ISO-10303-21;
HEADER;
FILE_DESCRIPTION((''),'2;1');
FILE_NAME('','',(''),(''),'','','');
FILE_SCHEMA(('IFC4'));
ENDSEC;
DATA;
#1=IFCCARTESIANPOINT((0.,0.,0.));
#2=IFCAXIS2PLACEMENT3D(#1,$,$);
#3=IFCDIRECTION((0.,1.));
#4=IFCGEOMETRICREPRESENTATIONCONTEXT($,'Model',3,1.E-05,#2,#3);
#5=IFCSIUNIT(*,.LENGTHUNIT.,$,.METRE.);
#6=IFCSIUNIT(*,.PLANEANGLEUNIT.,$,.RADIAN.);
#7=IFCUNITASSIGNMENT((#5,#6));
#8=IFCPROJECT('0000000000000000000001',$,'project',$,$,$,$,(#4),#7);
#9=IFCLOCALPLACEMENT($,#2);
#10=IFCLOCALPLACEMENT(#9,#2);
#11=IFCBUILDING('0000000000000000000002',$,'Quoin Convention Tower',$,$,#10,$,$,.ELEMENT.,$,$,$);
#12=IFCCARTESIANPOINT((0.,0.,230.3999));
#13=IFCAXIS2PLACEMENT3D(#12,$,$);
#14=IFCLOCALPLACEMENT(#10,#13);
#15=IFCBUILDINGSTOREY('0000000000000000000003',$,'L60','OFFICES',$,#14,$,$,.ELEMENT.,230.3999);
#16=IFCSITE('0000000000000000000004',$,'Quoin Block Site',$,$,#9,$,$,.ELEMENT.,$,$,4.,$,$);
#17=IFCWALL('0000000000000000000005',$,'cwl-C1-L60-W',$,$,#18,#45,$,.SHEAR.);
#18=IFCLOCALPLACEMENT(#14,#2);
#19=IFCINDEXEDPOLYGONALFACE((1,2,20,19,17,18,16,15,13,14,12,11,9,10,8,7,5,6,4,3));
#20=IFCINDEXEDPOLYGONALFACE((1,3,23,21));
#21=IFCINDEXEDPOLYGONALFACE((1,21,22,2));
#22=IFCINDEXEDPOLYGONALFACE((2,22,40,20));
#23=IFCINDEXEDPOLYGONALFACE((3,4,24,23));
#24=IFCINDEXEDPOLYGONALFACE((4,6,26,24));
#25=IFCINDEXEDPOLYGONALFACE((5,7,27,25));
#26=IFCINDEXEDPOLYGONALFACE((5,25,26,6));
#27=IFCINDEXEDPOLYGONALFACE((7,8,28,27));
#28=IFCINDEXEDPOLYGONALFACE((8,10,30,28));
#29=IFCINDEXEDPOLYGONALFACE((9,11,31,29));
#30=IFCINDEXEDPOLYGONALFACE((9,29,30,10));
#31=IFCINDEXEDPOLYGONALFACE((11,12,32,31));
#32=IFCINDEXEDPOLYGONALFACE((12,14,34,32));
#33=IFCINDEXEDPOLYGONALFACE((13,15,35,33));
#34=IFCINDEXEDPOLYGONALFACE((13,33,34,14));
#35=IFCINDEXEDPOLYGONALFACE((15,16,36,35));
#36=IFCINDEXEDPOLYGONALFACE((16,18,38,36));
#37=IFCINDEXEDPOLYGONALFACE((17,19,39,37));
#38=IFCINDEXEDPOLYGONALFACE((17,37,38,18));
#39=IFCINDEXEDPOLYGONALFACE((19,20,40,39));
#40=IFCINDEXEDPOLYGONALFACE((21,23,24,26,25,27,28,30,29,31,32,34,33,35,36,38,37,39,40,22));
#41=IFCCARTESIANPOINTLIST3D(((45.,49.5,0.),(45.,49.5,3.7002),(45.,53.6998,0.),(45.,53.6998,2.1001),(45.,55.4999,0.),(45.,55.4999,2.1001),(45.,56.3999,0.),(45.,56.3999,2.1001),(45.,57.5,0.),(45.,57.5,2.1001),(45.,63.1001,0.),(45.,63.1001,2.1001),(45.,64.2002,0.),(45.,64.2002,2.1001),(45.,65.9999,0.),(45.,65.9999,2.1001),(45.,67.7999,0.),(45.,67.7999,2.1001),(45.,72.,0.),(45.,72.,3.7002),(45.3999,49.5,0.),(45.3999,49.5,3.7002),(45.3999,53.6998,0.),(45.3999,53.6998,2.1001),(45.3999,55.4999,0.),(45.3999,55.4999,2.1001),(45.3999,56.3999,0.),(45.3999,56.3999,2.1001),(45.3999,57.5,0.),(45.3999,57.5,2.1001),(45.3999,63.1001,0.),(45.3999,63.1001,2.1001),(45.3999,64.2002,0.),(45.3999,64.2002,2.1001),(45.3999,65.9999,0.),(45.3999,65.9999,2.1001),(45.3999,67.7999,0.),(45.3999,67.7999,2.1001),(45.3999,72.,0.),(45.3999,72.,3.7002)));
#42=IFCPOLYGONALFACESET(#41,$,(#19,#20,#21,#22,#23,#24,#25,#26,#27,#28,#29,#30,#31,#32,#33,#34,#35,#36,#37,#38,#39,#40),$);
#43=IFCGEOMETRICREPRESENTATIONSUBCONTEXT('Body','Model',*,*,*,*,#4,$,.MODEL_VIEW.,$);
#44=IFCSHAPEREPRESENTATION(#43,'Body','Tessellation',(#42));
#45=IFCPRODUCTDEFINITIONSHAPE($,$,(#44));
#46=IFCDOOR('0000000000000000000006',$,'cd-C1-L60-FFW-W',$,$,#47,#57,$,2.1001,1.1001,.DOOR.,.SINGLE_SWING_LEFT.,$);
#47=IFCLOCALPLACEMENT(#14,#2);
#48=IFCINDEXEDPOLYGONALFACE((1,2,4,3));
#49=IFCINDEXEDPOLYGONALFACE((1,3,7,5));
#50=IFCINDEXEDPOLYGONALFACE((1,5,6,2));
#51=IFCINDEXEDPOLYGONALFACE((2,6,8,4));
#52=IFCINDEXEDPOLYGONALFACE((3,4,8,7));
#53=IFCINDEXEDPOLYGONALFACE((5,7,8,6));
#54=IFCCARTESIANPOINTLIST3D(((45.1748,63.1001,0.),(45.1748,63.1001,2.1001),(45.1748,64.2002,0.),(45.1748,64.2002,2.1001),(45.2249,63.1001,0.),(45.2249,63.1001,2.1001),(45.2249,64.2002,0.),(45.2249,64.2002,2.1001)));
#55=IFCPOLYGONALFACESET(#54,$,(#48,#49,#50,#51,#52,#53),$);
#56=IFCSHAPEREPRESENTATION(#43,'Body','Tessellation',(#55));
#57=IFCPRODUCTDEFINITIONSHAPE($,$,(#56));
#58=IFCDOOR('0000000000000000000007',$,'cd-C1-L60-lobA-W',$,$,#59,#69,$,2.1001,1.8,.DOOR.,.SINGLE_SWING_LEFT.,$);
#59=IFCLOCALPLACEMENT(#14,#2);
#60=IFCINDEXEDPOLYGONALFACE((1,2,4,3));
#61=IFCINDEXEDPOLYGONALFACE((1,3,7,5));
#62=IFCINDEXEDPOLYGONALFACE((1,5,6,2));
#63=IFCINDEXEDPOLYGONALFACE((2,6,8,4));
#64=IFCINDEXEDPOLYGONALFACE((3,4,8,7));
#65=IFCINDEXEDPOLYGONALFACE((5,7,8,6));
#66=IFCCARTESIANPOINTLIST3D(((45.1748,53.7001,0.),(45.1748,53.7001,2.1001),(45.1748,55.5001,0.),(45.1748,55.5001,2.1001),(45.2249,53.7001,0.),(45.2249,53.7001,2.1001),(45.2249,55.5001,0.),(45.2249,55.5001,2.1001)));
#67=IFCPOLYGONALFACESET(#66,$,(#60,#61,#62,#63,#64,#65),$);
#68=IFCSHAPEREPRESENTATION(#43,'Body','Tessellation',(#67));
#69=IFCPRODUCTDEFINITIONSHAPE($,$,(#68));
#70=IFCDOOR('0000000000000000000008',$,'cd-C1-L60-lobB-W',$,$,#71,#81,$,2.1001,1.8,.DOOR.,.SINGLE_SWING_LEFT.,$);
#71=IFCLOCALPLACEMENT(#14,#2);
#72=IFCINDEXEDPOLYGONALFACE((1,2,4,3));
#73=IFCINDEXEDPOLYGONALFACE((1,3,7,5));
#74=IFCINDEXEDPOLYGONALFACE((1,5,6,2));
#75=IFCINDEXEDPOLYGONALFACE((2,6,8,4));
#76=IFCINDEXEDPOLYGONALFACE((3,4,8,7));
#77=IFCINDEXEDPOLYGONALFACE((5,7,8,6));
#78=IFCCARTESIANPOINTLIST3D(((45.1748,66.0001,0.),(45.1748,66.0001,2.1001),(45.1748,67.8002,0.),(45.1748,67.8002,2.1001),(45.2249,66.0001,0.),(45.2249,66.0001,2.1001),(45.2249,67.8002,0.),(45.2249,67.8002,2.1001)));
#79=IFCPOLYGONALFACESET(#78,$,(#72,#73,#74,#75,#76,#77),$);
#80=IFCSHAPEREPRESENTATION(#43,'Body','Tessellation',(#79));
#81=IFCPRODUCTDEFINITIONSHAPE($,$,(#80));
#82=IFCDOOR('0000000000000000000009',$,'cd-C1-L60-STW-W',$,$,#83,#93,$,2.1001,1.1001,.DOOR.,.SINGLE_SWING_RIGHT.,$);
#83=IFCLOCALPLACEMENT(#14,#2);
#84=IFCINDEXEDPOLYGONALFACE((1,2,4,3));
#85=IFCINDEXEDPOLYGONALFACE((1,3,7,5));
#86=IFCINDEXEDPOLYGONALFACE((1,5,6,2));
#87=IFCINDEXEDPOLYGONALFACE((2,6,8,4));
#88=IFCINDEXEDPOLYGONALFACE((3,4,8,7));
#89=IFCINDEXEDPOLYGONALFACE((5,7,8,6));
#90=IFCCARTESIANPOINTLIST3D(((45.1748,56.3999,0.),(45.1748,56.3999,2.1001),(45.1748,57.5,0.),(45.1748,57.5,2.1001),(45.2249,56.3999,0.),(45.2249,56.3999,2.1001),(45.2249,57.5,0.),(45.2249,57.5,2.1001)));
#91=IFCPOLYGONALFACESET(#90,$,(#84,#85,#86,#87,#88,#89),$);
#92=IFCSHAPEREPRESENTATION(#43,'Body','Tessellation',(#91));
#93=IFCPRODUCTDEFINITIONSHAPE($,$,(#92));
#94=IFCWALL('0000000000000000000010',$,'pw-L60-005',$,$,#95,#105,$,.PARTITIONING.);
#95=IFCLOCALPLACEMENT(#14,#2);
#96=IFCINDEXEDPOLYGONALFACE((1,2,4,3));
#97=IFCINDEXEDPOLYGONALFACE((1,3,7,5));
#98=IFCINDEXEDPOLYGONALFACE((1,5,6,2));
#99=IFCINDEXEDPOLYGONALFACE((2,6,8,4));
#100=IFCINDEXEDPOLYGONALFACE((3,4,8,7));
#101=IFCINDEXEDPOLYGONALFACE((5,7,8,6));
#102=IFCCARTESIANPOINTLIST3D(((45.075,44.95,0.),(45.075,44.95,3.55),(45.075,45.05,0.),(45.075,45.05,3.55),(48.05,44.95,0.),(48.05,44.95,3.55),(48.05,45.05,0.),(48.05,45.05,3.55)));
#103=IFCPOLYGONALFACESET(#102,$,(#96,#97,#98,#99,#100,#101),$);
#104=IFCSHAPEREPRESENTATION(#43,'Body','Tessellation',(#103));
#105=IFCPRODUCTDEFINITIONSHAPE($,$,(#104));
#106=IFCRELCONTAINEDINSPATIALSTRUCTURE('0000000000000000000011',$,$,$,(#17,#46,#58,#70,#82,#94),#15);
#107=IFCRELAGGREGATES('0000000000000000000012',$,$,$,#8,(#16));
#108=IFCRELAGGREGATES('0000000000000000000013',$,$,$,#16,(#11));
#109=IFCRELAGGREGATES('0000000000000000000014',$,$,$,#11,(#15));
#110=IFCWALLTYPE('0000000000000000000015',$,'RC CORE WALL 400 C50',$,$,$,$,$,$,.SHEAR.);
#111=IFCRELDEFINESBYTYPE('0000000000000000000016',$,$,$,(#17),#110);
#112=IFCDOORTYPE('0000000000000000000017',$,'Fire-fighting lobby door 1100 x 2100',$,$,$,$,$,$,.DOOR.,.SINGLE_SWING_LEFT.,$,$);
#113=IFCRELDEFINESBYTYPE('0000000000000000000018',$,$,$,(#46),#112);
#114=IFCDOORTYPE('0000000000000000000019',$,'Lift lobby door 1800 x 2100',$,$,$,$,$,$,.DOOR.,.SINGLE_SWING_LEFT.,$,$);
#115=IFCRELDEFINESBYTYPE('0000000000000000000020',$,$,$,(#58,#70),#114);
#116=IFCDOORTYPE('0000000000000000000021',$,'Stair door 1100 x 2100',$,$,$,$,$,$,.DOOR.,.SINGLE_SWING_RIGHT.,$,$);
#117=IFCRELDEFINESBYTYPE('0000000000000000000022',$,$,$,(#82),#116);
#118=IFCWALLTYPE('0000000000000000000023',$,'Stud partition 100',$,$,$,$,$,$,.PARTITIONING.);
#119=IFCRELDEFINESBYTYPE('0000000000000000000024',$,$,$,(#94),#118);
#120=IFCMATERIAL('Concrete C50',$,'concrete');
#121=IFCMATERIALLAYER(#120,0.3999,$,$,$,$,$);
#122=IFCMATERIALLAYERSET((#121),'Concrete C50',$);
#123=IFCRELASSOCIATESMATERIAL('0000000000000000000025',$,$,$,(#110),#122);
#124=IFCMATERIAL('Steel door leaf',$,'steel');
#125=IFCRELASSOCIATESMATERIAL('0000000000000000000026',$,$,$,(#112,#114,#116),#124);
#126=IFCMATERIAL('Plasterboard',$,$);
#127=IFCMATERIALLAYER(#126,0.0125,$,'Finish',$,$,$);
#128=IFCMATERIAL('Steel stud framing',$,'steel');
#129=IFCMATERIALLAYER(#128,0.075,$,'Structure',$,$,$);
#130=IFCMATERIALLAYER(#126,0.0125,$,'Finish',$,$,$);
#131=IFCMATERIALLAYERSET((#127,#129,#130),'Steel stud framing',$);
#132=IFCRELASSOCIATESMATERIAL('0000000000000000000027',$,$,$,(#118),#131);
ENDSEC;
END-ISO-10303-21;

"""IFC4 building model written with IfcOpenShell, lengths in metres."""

from ifc_helpers import new_model, si_unit, direction, frame, frame_2d, origin, place, context, subcontext, project, spatial, rectangle, extrude, material, layer, layer_set, type_object, element, fill, save


model = new_model("IFC4")

# Units and contexts
model_context = context("Model", 3, precision=1e-05, world=origin(), true_north=direction((0.0, 1.0)))
body_context = subcontext(model_context, "Body", "Model", "MODEL_VIEW")
ifc_project = project(units=[si_unit("LENGTHUNIT", "METRE"), si_unit("PLANEANGLEUNIT", "RADIAN")], contexts=[model_context])

# Site, building, storey
site_placement = place(None, origin())
site = spatial("IfcSite", under=ifc_project, at=site_placement, Name="Quoin Block Site", CompositionType="ELEMENT", RefElevation=4.0)
building_placement = place(site_placement, origin())
building = spatial("IfcBuilding", under=site, at=building_placement, Name="Quoin Convention Tower", CompositionType="ELEMENT")
storey_placement = place(building_placement, frame((0.0, 0.0, 230.3999)))
storey = spatial("IfcBuildingStorey", under=building, at=storey_placement, Name="L60", Description="OFFICES", CompositionType="ELEMENT", Elevation=230.3999)

# Shared definitions
ifc_material_1 = material(Name="Plasterboard")
ifc_material_2 = material(Name="Steel stud framing", Category="steel")
ifc_material_3 = material(Name="Steel door leaf", Category="steel")

# Shared definitions
ifc_material_4 = material(Name="Concrete C50", Category="concrete")
ifc_layer_1 = layer(ifc_material_4, 0.3999)
ifc_layer_set_1 = layer_set([ifc_layer_1], Name="Concrete C50")
wall_type_1 = type_object("IfcWallType", Name="RC CORE WALL 400 C50", PredefinedType="SHEAR", material=ifc_layer_set_1)

# Wall, openings, doors
wall_1_placement = place(storey_placement, frame((45.2, 49.5, 0.0), z_axis=(0.0, 0.0, 1.0), x_axis=(0.0, 1.0, 0.0)))
wall_1 = element("IfcWall", 1, at=wall_1_placement, inside=storey, type_object=wall_type_1, Name="cwl-C1-L60-W", PredefinedType="SHEAR", context=body_context, shape_type="SweptSolid", body=[
    extrude(rectangle(XDim=22.5, YDim=0.3999, at=frame_2d((11.25, 0.0))), origin(), (0.0, 0.0, 1.0), 3.7002),
])
opening_1_placement = place(wall_1_placement, frame((4.2, 0.0, 0.0)))
opening_1 = element("IfcOpeningElement", 2, at=opening_1_placement, cuts=wall_1, PredefinedType="OPENING", context=body_context, shape_type="SweptSolid", body=[
    extrude(rectangle(XDim=1.8, YDim=2.1001, at=frame_2d((0.8999, 1.05))), frame((0.0, 0.21, 0.0), z_axis=(0.0, -1.0, 0.0), x_axis=(1.0, 0.0, 0.0)), (0.0, 0.0, 1.0), 0.4199),
])
opening_2_placement = place(wall_1_placement, frame((6.8999, 0.0, 0.0)))
opening_2 = element("IfcOpeningElement", 3, at=opening_2_placement, cuts=wall_1, PredefinedType="OPENING", context=body_context, shape_type="SweptSolid", body=[
    extrude(rectangle(XDim=1.1001, YDim=2.1001, at=frame_2d((0.55, 1.05))), frame((0.0, 0.21, 0.0), z_axis=(0.0, -1.0, 0.0), x_axis=(1.0, 0.0, 0.0)), (0.0, 0.0, 1.0), 0.4199),
])
opening_3_placement = place(wall_1_placement, frame((13.6001, 0.0, 0.0)))
opening_3 = element("IfcOpeningElement", 4, at=opening_3_placement, cuts=wall_1, PredefinedType="OPENING", context=body_context, shape_type="SweptSolid", body=[
    extrude(rectangle(XDim=1.1001, YDim=2.1001, at=frame_2d((0.55, 1.05))), frame((0.0, 0.21, 0.0), z_axis=(0.0, -1.0, 0.0), x_axis=(1.0, 0.0, 0.0)), (0.0, 0.0, 1.0), 0.4199),
])
opening_4_placement = place(wall_1_placement, frame((16.5, 0.0, 0.0)))
opening_4 = element("IfcOpeningElement", 5, at=opening_4_placement, cuts=wall_1, PredefinedType="OPENING", context=body_context, shape_type="SweptSolid", body=[
    extrude(rectangle(XDim=1.8, YDim=2.1001, at=frame_2d((0.8999, 1.05))), frame((0.0, 0.21, 0.0), z_axis=(0.0, -1.0, 0.0), x_axis=(1.0, 0.0, 0.0)), (0.0, 0.0, 1.0), 0.4199),
])
door_type_1 = type_object("IfcDoorType", Name="Fire-fighting lobby door 1100 x 2100", OperationType="SINGLE_SWING_LEFT", PredefinedType="DOOR", material=ifc_material_3)
door_1_placement = place(opening_3_placement, frame((1.1001, 0.0, 0.0), z_axis=(0.0, 0.0, 1.0), x_axis=(-1.0, 0.0, 0.0)))
door_1 = element("IfcDoor", 6, at=door_1_placement, inside=storey, type_object=door_type_1, Name="cd-C1-L60-FFW-W", OperationType="SINGLE_SWING_LEFT", OverallHeight=2.1001, OverallWidth=1.1001, PredefinedType="DOOR", context=body_context, shape_type="SweptSolid", body=[
    extrude(rectangle(XDim=1.1001, YDim=2.1001, at=frame_2d((0.55, 1.05))), frame((0.0, 0.0249, 0.0), z_axis=(0.0, -1.0, 0.0), x_axis=(1.0, 0.0, 0.0)), (0.0, 0.0, 1.0), 0.05),
])
fill(opening_3, door_1)
door_type_2 = type_object("IfcDoorType", Name="Lift lobby door 1800 x 2100", OperationType="SINGLE_SWING_LEFT", PredefinedType="DOOR", material=ifc_material_3)
door_2_placement = place(opening_1_placement, frame((1.8, 0.0, 0.0), z_axis=(0.0, 0.0, 1.0), x_axis=(-1.0, 0.0, 0.0)))
door_2 = element("IfcDoor", 7, at=door_2_placement, inside=storey, type_object=door_type_2, Name="cd-C1-L60-lobA-W", OperationType="SINGLE_SWING_LEFT", OverallHeight=2.1001, OverallWidth=1.8, PredefinedType="DOOR", context=body_context, shape_type="SweptSolid", body=[
    extrude(rectangle(XDim=1.8, YDim=2.1001, at=frame_2d((0.8999, 1.05))), frame((0.0, 0.0249, 0.0), z_axis=(0.0, -1.0, 0.0), x_axis=(1.0, 0.0, 0.0)), (0.0, 0.0, 1.0), 0.05),
])
fill(opening_1, door_2)
door_3_placement = place(opening_4_placement, frame((1.8, 0.0, 0.0), z_axis=(0.0, 0.0, 1.0), x_axis=(-1.0, 0.0, 0.0)))
door_3 = element("IfcDoor", 8, at=door_3_placement, inside=storey, type_object=door_type_2, Name="cd-C1-L60-lobB-W", OperationType="SINGLE_SWING_LEFT", OverallHeight=2.1001, OverallWidth=1.8, PredefinedType="DOOR", context=body_context, shape_type="SweptSolid", body=[
    extrude(rectangle(XDim=1.8, YDim=2.1001, at=frame_2d((0.8999, 1.05))), frame((0.0, 0.0249, 0.0), z_axis=(0.0, -1.0, 0.0), x_axis=(1.0, 0.0, 0.0)), (0.0, 0.0, 1.0), 0.05),
])
fill(opening_4, door_3)
door_type_3 = type_object("IfcDoorType", Name="Stair door 1100 x 2100", OperationType="SINGLE_SWING_RIGHT", PredefinedType="DOOR", material=ifc_material_3)
door_4_placement = place(opening_2_placement, frame((1.1001, 0.0, 0.0), z_axis=(0.0, 0.0, 1.0), x_axis=(-1.0, 0.0, 0.0)))
door_4 = element("IfcDoor", 9, at=door_4_placement, inside=storey, type_object=door_type_3, Name="cd-C1-L60-STW-W", OperationType="SINGLE_SWING_RIGHT", OverallHeight=2.1001, OverallWidth=1.1001, PredefinedType="DOOR", context=body_context, shape_type="SweptSolid", body=[
    extrude(rectangle(XDim=1.1001, YDim=2.1001, at=frame_2d((0.55, 1.05))), frame((0.0, 0.0249, 0.0), z_axis=(0.0, -1.0, 0.0), x_axis=(1.0, 0.0, 0.0)), (0.0, 0.0, 1.0), 0.05),
])
fill(opening_2, door_4)

# Wall
ifc_layer_2 = layer(ifc_material_1, 0.0125, Name="Finish")
ifc_layer_3 = layer(ifc_material_2, 0.075, Name="Structure")
ifc_layer_4 = layer(ifc_material_1, 0.0125, Name="Finish")
ifc_layer_set_2 = layer_set([ifc_layer_2, ifc_layer_3, ifc_layer_4], Name="Steel stud framing")
wall_type_2 = type_object("IfcWallType", Name="Stud partition 100", PredefinedType="PARTITIONING", material=ifc_layer_set_2)
wall_2_placement = place(storey_placement, frame((45.075, 45.0, 0.0), z_axis=(0.0, 0.0, 1.0), x_axis=(1.0, 0.0, 0.0)))
element("IfcWall", 10, at=wall_2_placement, inside=storey, type_object=wall_type_2, Name="pw-L60-005", PredefinedType="PARTITIONING", context=body_context, shape_type="SweptSolid", body=[
    extrude(rectangle(XDim=2.9751, YDim=0.1001, at=frame_2d((1.4875, 0.0))), origin(), (0.0, 0.0, 1.0), 3.55),
])

save(model, "model.ifc")
